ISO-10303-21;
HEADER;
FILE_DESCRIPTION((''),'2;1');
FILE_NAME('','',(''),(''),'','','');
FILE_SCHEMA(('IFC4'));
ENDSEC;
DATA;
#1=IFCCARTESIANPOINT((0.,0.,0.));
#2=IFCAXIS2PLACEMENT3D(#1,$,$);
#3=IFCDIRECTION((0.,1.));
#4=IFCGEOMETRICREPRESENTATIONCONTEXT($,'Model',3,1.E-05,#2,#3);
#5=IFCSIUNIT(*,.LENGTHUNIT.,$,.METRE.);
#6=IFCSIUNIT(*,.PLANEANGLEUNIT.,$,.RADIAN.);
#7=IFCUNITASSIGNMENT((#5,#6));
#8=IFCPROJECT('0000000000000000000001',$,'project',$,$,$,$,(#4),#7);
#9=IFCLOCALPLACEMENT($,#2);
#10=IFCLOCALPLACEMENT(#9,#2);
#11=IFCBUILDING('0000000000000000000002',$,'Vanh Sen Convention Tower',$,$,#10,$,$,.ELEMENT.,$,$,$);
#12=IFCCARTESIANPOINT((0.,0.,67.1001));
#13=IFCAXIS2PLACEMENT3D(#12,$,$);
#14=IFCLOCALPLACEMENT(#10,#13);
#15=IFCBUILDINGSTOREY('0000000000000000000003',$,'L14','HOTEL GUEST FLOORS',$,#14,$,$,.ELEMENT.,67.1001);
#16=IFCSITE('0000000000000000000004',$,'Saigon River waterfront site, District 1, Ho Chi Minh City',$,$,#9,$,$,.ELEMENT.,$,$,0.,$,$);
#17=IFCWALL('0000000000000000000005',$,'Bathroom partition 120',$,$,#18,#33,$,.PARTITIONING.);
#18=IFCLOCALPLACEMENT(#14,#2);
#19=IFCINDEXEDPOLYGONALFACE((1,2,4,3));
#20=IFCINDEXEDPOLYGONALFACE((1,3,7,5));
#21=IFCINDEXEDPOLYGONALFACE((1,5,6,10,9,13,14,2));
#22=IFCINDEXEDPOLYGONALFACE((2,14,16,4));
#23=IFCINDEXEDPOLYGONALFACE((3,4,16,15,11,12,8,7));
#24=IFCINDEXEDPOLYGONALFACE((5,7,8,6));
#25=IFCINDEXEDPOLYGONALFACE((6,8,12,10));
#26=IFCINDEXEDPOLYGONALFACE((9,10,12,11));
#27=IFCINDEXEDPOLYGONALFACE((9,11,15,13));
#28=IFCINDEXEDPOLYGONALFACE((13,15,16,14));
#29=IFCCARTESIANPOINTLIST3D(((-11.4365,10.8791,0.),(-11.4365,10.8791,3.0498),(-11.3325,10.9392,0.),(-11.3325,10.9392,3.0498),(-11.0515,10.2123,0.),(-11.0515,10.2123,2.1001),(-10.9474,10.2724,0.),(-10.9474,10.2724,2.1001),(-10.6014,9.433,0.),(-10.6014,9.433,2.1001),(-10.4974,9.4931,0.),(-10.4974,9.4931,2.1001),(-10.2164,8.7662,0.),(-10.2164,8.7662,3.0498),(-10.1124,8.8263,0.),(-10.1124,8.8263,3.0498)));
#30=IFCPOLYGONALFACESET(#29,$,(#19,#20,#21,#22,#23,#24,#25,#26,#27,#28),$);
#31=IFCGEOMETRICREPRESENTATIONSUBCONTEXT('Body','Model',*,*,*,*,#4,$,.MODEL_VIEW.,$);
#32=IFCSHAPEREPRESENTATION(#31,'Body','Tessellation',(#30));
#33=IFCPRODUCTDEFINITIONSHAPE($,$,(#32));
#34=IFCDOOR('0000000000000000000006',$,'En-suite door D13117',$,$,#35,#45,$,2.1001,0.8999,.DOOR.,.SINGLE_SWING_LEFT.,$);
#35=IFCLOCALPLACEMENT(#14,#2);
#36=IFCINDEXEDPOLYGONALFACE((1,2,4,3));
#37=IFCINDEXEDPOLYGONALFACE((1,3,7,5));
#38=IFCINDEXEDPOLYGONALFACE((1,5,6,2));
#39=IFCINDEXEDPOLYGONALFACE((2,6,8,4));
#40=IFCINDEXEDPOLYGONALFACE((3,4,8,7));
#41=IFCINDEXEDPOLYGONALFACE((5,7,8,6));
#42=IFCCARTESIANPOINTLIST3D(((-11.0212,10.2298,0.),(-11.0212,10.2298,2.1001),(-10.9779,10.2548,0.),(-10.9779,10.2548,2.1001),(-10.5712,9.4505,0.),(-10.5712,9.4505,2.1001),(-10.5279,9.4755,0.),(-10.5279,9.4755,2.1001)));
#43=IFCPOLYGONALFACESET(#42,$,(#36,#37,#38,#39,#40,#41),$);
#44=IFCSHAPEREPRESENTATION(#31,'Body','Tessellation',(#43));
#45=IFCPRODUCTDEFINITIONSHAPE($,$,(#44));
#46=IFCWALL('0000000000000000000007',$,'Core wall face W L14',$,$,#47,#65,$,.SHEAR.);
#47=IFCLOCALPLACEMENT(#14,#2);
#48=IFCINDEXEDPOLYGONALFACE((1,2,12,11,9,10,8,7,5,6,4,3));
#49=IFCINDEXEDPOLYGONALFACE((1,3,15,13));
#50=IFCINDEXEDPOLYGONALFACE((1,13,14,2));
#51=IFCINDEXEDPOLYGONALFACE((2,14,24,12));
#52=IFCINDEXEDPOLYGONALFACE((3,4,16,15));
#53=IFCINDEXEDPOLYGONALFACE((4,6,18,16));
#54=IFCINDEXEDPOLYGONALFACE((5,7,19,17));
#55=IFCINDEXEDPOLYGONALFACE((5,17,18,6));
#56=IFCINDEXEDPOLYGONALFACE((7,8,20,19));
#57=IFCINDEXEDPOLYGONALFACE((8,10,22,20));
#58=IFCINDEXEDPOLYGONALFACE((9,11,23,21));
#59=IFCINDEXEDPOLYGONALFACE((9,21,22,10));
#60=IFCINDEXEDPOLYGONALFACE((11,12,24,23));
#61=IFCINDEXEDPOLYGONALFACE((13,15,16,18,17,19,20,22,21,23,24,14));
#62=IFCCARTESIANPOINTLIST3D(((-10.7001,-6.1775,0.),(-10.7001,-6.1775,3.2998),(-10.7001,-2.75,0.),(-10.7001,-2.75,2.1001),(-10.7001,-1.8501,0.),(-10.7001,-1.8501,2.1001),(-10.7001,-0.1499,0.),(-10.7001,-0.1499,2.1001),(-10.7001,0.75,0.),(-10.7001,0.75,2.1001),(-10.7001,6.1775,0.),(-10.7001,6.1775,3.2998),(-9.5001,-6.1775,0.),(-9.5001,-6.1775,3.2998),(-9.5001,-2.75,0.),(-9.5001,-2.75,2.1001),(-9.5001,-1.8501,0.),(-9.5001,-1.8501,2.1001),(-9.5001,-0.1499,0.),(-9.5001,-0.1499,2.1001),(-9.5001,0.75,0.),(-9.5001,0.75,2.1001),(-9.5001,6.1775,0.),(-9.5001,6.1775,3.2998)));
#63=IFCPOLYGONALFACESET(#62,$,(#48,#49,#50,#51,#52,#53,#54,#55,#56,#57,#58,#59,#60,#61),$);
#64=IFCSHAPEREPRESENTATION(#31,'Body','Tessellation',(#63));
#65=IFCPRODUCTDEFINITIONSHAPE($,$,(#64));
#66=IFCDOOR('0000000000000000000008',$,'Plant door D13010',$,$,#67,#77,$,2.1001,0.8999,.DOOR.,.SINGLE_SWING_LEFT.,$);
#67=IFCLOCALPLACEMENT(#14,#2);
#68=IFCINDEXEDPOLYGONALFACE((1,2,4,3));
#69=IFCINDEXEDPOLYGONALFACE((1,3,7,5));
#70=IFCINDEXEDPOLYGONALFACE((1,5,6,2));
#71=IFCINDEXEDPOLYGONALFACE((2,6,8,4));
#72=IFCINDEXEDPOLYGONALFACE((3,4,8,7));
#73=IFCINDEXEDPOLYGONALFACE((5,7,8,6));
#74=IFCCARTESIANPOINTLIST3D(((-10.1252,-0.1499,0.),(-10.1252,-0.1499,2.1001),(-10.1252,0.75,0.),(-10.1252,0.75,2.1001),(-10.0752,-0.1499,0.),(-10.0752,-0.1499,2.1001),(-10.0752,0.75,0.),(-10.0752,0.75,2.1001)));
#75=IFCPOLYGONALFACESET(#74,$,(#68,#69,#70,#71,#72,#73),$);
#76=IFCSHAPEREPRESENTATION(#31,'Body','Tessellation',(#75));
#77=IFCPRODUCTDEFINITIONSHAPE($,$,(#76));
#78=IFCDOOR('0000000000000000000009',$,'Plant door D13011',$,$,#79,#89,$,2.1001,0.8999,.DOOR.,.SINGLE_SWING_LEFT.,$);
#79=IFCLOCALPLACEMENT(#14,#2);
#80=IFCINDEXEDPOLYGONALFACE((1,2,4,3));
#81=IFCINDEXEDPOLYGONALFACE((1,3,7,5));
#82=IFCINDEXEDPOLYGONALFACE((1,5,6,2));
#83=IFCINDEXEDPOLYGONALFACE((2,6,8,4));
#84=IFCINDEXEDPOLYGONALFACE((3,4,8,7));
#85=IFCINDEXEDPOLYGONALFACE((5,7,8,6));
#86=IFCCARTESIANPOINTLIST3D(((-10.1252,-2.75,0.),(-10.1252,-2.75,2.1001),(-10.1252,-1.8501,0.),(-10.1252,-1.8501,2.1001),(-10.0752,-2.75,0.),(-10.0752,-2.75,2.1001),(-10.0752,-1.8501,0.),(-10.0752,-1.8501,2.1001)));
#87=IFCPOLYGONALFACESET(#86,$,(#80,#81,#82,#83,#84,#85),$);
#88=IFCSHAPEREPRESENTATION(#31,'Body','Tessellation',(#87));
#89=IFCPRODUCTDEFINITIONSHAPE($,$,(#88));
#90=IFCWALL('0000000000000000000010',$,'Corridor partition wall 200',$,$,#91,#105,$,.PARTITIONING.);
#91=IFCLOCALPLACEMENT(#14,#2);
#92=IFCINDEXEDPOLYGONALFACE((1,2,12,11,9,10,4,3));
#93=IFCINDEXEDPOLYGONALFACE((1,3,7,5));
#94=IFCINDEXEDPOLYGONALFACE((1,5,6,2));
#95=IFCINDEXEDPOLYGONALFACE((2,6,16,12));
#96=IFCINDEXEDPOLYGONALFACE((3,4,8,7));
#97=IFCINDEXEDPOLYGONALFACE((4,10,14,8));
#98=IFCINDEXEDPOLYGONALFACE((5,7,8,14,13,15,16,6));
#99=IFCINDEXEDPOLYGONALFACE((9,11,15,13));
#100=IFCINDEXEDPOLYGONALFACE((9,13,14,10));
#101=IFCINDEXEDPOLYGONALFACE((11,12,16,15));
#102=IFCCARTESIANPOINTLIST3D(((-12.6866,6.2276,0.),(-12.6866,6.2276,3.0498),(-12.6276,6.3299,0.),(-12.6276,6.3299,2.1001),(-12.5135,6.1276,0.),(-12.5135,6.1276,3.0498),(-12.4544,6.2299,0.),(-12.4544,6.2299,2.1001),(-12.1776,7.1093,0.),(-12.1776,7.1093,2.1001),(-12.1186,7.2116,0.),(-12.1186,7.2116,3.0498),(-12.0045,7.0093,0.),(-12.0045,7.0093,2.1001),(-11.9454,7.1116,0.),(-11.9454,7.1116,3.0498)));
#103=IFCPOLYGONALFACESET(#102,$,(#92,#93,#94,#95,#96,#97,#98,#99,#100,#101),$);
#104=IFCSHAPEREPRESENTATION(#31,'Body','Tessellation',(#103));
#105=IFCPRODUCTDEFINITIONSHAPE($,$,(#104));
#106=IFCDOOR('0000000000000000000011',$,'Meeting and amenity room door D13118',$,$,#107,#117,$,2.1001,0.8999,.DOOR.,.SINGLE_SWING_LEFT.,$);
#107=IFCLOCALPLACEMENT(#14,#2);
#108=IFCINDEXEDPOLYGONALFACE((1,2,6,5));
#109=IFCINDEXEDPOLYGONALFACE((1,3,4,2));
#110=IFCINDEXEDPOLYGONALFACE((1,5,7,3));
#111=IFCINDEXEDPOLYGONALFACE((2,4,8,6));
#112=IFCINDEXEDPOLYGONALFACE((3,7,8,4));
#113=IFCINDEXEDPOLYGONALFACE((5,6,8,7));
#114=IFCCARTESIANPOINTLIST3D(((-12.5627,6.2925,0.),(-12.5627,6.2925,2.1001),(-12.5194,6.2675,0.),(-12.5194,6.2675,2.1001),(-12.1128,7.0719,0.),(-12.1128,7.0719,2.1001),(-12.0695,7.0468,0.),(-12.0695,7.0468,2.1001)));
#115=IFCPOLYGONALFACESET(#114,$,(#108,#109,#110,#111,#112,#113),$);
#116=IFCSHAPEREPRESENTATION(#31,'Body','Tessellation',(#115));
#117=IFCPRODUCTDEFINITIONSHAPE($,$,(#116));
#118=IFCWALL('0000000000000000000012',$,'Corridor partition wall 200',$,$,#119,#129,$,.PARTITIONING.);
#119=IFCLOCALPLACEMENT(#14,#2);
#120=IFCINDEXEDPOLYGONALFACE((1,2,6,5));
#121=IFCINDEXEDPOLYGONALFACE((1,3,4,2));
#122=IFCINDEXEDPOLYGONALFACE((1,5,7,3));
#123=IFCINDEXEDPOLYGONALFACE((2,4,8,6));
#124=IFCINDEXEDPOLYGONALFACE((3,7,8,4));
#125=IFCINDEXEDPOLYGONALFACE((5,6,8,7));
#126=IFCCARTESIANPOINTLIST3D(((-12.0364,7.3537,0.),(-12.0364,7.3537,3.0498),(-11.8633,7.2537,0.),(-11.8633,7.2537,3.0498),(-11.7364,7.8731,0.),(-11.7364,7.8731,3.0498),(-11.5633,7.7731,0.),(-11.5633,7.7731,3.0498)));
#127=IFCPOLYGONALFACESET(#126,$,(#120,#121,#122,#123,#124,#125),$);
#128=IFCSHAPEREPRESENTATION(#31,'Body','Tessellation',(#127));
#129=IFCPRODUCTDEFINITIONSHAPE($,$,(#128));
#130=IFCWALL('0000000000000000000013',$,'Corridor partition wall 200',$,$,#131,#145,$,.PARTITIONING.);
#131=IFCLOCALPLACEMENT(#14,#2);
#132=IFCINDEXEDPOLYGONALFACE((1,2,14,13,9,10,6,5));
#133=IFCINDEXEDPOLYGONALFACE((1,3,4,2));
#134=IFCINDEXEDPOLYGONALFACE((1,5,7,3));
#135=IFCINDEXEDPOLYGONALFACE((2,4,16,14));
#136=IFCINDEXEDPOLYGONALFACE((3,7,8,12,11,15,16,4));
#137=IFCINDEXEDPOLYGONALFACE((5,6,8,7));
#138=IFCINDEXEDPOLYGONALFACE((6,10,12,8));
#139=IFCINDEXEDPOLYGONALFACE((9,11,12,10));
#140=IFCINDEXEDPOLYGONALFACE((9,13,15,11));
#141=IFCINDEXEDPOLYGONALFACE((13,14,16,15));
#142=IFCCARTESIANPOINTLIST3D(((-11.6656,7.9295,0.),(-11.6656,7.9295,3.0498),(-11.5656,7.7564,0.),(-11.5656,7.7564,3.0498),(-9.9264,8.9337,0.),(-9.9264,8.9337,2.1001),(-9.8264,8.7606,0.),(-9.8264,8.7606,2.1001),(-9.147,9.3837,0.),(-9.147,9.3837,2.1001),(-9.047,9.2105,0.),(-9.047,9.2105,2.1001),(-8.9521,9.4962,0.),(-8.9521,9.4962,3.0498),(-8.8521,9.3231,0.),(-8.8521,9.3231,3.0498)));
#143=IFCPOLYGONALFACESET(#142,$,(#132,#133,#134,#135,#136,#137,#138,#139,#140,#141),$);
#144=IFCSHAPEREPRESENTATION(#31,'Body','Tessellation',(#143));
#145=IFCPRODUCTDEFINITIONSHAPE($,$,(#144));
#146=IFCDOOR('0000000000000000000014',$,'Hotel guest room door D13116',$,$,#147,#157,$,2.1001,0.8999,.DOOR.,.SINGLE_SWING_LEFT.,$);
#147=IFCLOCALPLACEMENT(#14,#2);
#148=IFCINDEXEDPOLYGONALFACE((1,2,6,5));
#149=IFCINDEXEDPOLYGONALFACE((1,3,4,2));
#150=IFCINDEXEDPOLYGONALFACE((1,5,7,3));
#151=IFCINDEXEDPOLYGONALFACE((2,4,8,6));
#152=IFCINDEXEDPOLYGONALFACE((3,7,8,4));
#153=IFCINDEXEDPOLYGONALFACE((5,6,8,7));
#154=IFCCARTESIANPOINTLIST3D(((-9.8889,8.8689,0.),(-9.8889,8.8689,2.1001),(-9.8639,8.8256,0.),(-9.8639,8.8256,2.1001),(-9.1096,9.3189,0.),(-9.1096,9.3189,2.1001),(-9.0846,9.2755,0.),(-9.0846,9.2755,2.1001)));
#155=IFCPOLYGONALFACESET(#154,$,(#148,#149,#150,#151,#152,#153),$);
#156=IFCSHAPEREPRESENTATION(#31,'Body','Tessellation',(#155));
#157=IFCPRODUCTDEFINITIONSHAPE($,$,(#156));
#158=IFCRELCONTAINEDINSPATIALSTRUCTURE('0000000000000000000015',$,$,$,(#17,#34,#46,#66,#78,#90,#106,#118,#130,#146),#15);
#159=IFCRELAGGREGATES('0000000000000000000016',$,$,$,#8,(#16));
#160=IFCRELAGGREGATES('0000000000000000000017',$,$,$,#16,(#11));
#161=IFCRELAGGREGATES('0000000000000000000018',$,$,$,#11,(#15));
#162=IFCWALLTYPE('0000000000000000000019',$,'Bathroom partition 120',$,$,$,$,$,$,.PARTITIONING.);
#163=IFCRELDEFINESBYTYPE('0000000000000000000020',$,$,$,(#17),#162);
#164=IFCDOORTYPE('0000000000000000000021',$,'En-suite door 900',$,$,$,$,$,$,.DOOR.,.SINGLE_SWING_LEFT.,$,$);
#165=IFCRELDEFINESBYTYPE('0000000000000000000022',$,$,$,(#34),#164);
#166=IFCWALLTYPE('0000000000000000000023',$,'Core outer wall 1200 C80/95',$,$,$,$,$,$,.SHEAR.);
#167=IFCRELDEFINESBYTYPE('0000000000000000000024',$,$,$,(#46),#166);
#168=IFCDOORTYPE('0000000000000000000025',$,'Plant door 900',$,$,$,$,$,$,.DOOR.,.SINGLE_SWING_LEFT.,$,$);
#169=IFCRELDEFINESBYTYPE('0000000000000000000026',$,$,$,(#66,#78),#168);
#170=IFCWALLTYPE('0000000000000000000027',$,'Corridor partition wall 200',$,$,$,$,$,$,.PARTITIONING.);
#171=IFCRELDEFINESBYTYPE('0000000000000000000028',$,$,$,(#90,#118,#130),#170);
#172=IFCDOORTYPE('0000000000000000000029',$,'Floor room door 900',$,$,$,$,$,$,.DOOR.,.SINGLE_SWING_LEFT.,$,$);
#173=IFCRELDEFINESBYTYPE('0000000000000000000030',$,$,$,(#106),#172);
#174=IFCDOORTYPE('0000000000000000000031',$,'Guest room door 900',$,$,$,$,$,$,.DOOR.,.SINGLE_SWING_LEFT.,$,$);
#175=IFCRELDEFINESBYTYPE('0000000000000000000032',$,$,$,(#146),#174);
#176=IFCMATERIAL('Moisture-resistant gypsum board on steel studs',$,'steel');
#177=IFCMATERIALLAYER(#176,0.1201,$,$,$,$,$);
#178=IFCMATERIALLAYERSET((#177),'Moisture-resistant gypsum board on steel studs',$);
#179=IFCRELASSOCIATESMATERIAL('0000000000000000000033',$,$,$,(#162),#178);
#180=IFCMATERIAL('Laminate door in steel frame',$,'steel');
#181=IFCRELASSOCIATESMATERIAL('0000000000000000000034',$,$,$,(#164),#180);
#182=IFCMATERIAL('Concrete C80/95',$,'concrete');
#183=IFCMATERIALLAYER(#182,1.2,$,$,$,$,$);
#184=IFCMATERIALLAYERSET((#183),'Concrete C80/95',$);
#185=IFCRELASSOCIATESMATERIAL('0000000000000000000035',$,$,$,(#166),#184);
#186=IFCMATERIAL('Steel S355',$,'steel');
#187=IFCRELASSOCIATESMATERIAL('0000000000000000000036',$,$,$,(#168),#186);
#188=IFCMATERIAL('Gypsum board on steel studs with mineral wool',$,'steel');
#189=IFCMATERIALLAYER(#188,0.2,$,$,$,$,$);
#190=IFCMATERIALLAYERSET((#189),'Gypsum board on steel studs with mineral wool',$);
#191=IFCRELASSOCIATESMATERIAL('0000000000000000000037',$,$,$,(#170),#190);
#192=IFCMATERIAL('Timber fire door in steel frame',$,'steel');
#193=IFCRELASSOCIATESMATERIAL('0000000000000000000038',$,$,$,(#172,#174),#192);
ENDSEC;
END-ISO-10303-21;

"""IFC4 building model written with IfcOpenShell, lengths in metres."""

from ifc_helpers import new_model, si_unit, direction, frame, frame_2d, origin, place, context, subcontext, project, spatial, rectangle, extrude, material, layer, layer_set, type_object, element, fill, save


model = new_model("IFC4")

# Units and contexts
model_context = context("Model", 3, precision=1e-05, world=origin(), true_north=direction((0.0, 1.0)))
body_context = subcontext(model_context, "Body", "Model", "MODEL_VIEW")
ifc_project = project(units=[si_unit("LENGTHUNIT", "METRE"), si_unit("PLANEANGLEUNIT", "RADIAN")], contexts=[model_context])

# Site, building, storey
site_placement = place(None, origin())
site = spatial("IfcSite", under=ifc_project, at=site_placement, Name="Saigon River waterfront site, District 1, Ho Chi Minh City", CompositionType="ELEMENT", RefElevation=0.0)
building_placement = place(site_placement, origin())
building = spatial("IfcBuilding", under=site, at=building_placement, Name="Vanh Sen Convention Tower", CompositionType="ELEMENT")
storey_placement = place(building_placement, frame((0.0, 0.0, 67.1001)))
storey = spatial("IfcBuildingStorey", under=building, at=storey_placement, Name="L14", Description="HOTEL GUEST FLOORS", CompositionType="ELEMENT", Elevation=67.1001)

# Wall, opening, door
ifc_material_1 = material(Name="Moisture-resistant gypsum board on steel studs", Category="steel")
ifc_layer_1 = layer(ifc_material_1, 0.1201)
ifc_layer_set_1 = layer_set([ifc_layer_1], Name="Moisture-resistant gypsum board on steel studs")
wall_type_1 = type_object("IfcWallType", Name="Bathroom partition 120", PredefinedType="PARTITIONING", material=ifc_layer_set_1)
wall_1_placement = place(storey_placement, frame((-11.3845, 10.9092, 0.0), z_axis=(0.0, 0.0, 1.0), x_axis=(0.500078, -0.865981, 0.0)))
wall_1 = element("IfcWall", 1, at=wall_1_placement, inside=storey, type_object=wall_type_1, Name="Bathroom partition 120", PredefinedType="PARTITIONING", context=body_context, shape_type="SweptSolid", body=[
    extrude(rectangle(XDim=2.4399, YDim=0.1201, at=frame_2d((1.22, 0.0))), origin(), (0.0, 0.0, 1.0), 3.0498),
])
opening_1_placement = place(wall_1_placement, frame((0.77, 0.0, 0.0)))
opening_1 = element("IfcOpeningElement", 2, at=opening_1_placement, cuts=wall_1, PredefinedType="OPENING", context=body_context, shape_type="SweptSolid", body=[
    extrude(rectangle(XDim=0.8999, YDim=2.1001, at=frame_2d((0.45, 1.05))), frame((0.0, 0.0701, 0.0), z_axis=(0.0, -1.0, 0.0), x_axis=(1.0, 0.0, 0.0)), (0.0, 0.0, 1.0), 0.1401),
])
ifc_material_2 = material(Name="Laminate door in steel frame", Category="steel")
door_type_1 = type_object("IfcDoorType", Name="En-suite door 900", OperationType="SINGLE_SWING_LEFT", PredefinedType="DOOR", material=ifc_material_2)
door_1_placement = place(opening_1_placement, origin())
door_1 = element("IfcDoor", 3, at=door_1_placement, inside=storey, type_object=door_type_1, Name="En-suite door D13117", OperationType="SINGLE_SWING_LEFT", OverallHeight=2.1001, OverallWidth=0.8999, PredefinedType="DOOR", context=body_context, shape_type="SweptSolid", body=[
    extrude(rectangle(XDim=0.8999, YDim=2.1001, at=frame_2d((0.45, 1.05))), frame((0.0, 0.0249, 0.0), z_axis=(0.0, -1.0, 0.0), x_axis=(1.0, 0.0, 0.0)), (0.0, 0.0, 1.0), 0.05),
])
fill(opening_1, door_1)

# Wall, openings, doors
ifc_material_3 = material(Name="Concrete C80/95", Category="concrete")
ifc_layer_2 = layer(ifc_material_3, 1.2)
ifc_layer_set_2 = layer_set([ifc_layer_2], Name="Concrete C80/95")
wall_type_2 = type_object("IfcWallType", Name="Core outer wall 1200 C80/95", PredefinedType="SHEAR", material=ifc_layer_set_2)
wall_2_placement = place(storey_placement, frame((-10.1001, 6.1775, 0.0), z_axis=(0.0, 0.0, 1.0), x_axis=(0.0, -1.0, 0.0)))
wall_2 = element("IfcWall", 4, at=wall_2_placement, inside=storey, type_object=wall_type_2, Name="Core wall face W L14", PredefinedType="SHEAR", context=body_context, shape_type="SweptSolid", body=[
    extrude(rectangle(XDim=12.355, YDim=1.2, at=frame_2d((6.1775, 0.0))), origin(), (0.0, 0.0, 1.0), 3.2998),
])
opening_2_placement = place(wall_2_placement, frame((5.4275, 0.0, 0.0)))
opening_2 = element("IfcOpeningElement", 5, at=opening_2_placement, cuts=wall_2, PredefinedType="OPENING", context=body_context, shape_type="SweptSolid", body=[
    extrude(rectangle(XDim=0.8999, YDim=2.1001, at=frame_2d((0.45, 1.05))), frame((0.0, 0.6099, 0.0), z_axis=(0.0, -1.0, 0.0), x_axis=(1.0, 0.0, 0.0)), (0.0, 0.0, 1.0), 1.22),
])
opening_3_placement = place(wall_2_placement, frame((8.0276, 0.0, 0.0)))
opening_3 = element("IfcOpeningElement", 6, at=opening_3_placement, cuts=wall_2, PredefinedType="OPENING", context=body_context, shape_type="SweptSolid", body=[
    extrude(rectangle(XDim=0.8999, YDim=2.1001, at=frame_2d((0.45, 1.05))), frame((0.0, 0.6099, 0.0), z_axis=(0.0, -1.0, 0.0), x_axis=(1.0, 0.0, 0.0)), (0.0, 0.0, 1.0), 1.22),
])
ifc_material_4 = material(Name="Steel S355", Category="steel")
door_type_2 = type_object("IfcDoorType", Name="Plant door 900", OperationType="SINGLE_SWING_LEFT", PredefinedType="DOOR", material=ifc_material_4)
door_2_placement = place(opening_2_placement, origin())
door_2 = element("IfcDoor", 7, at=door_2_placement, inside=storey, type_object=door_type_2, Name="Plant door D13010", OperationType="SINGLE_SWING_LEFT", OverallHeight=2.1001, OverallWidth=0.8999, PredefinedType="DOOR", context=body_context, shape_type="SweptSolid", body=[
    extrude(rectangle(XDim=0.8999, YDim=2.1001, at=frame_2d((0.45, 1.05))), frame((0.0, 0.0249, 0.0), z_axis=(0.0, -1.0, 0.0), x_axis=(1.0, 0.0, 0.0)), (0.0, 0.0, 1.0), 0.05),
])
fill(opening_2, door_2)
door_3_placement = place(opening_3_placement, origin())
door_3 = element("IfcDoor", 8, at=door_3_placement, inside=storey, type_object=door_type_2, Name="Plant door D13011", OperationType="SINGLE_SWING_LEFT", OverallHeight=2.1001, OverallWidth=0.8999, PredefinedType="DOOR", context=body_context, shape_type="SweptSolid", body=[
    extrude(rectangle(XDim=0.8999, YDim=2.1001, at=frame_2d((0.45, 1.05))), frame((0.0, 0.0249, 0.0), z_axis=(0.0, -1.0, 0.0), x_axis=(1.0, 0.0, 0.0)), (0.0, 0.0, 1.0), 0.05),
])
fill(opening_3, door_3)

# Wall, opening, door
ifc_material_5 = material(Name="Gypsum board on steel studs with mineral wool", Category="steel")
ifc_layer_3 = layer(ifc_material_5, 0.2)
ifc_layer_set_3 = layer_set([ifc_layer_3], Name="Gypsum board on steel studs with mineral wool")
wall_type_3 = type_object("IfcWallType", Name="Corridor partition wall 200", PredefinedType="PARTITIONING", material=ifc_layer_set_3)
wall_3_placement = place(storey_placement, frame((-12.032, 7.1616, 0.0), z_axis=(0.0, 0.0, 1.0), x_axis=(-0.499952, -0.866053, 0.0)))
wall_3 = element("IfcWall", 9, at=wall_3_placement, inside=storey, type_object=wall_type_3, Name="Corridor partition wall 200", PredefinedType="PARTITIONING", context=body_context, shape_type="SweptSolid", body=[
    extrude(rectangle(XDim=1.1362, YDim=0.2, at=frame_2d((0.5681, 0.0))), origin(), (0.0, 0.0, 1.0), 3.0498),
])
opening_4_placement = place(wall_3_placement, frame((0.1182, 0.0, 0.0)))
opening_4 = element("IfcOpeningElement", 10, at=opening_4_placement, cuts=wall_3, PredefinedType="OPENING", context=body_context, shape_type="SweptSolid", body=[
    extrude(rectangle(XDim=0.8999, YDim=2.1001, at=frame_2d((0.45, 1.05))), frame((0.0, 0.1099, 0.0), z_axis=(0.0, -1.0, 0.0), x_axis=(1.0, 0.0, 0.0)), (0.0, 0.0, 1.0), 0.22),
])
ifc_material_6 = material(Name="Timber fire door in steel frame", Category="steel")
door_type_3 = type_object("IfcDoorType", Name="Floor room door 900", OperationType="SINGLE_SWING_LEFT", PredefinedType="DOOR", material=ifc_material_6)
door_4_placement = place(opening_4_placement, origin())
door_4 = element("IfcDoor", 11, at=door_4_placement, inside=storey, type_object=door_type_3, Name="Meeting and amenity room door D13118", OperationType="SINGLE_SWING_LEFT", OverallHeight=2.1001, OverallWidth=0.8999, PredefinedType="DOOR", context=body_context, shape_type="SweptSolid", body=[
    extrude(rectangle(XDim=0.8999, YDim=2.1001, at=frame_2d((0.45, 1.05))), frame((0.0, 0.0249, 0.0), z_axis=(0.0, -1.0, 0.0), x_axis=(1.0, 0.0, 0.0)), (0.0, 0.0, 1.0), 0.05),
])
fill(opening_4, door_4)

# Wall
wall_4_placement = place(storey_placement, frame((-11.6499, 7.823, 0.0), z_axis=(0.0, 0.0, 1.0), x_axis=(-0.500122, -0.865955, 0.0)))
element("IfcWall", 12, at=wall_4_placement, inside=storey, type_object=wall_type_3, Name="Corridor partition wall 200", PredefinedType="PARTITIONING", context=body_context, shape_type="SweptSolid", body=[
    extrude(rectangle(XDim=0.5999, YDim=0.2, at=frame_2d((0.2998, 0.0))), origin(), (0.0, 0.0, 1.0), 3.0498),
])

# Wall, opening, door
wall_5_placement = place(storey_placement, frame((-8.9021, 9.4097, 0.0), z_axis=(0.0, 0.0, 1.0), x_axis=(-0.866014, -0.500019, 0.0)))
wall_5 = element("IfcWall", 13, at=wall_5_placement, inside=storey, type_object=wall_type_3, Name="Corridor partition wall 200", PredefinedType="PARTITIONING", context=body_context, shape_type="SweptSolid", body=[
    extrude(rectangle(XDim=3.1333, YDim=0.2, at=frame_2d((1.5667, 0.0))), origin(), (0.0, 0.0, 1.0), 3.0498),
])
opening_5_placement = place(wall_5_placement, frame((0.2251, 0.0, 0.0)))
opening_5 = element("IfcOpeningElement", 14, at=opening_5_placement, cuts=wall_5, PredefinedType="OPENING", context=body_context, shape_type="SweptSolid", body=[
    extrude(rectangle(XDim=0.8999, YDim=2.1001, at=frame_2d((0.45, 1.05))), frame((0.0, 0.1099, 0.0), z_axis=(0.0, -1.0, 0.0), x_axis=(1.0, 0.0, 0.0)), (0.0, 0.0, 1.0), 0.22),
])
door_type_4 = type_object("IfcDoorType", Name="Guest room door 900", OperationType="SINGLE_SWING_LEFT", PredefinedType="DOOR", material=ifc_material_6)
door_5_placement = place(opening_5_placement, origin())
door_5 = element("IfcDoor", 15, at=door_5_placement, inside=storey, type_object=door_type_4, Name="Hotel guest room door D13116", OperationType="SINGLE_SWING_LEFT", OverallHeight=2.1001, OverallWidth=0.8999, PredefinedType="DOOR", context=body_context, shape_type="SweptSolid", body=[
    extrude(rectangle(XDim=0.8999, YDim=2.1001, at=frame_2d((0.45, 1.05))), frame((0.0, 0.0249, 0.0), z_axis=(0.0, -1.0, 0.0), x_axis=(1.0, 0.0, 0.0)), (0.0, 0.0, 1.0), 0.05),
])
fill(opening_5, door_5)

save(model, "model.ifc")
